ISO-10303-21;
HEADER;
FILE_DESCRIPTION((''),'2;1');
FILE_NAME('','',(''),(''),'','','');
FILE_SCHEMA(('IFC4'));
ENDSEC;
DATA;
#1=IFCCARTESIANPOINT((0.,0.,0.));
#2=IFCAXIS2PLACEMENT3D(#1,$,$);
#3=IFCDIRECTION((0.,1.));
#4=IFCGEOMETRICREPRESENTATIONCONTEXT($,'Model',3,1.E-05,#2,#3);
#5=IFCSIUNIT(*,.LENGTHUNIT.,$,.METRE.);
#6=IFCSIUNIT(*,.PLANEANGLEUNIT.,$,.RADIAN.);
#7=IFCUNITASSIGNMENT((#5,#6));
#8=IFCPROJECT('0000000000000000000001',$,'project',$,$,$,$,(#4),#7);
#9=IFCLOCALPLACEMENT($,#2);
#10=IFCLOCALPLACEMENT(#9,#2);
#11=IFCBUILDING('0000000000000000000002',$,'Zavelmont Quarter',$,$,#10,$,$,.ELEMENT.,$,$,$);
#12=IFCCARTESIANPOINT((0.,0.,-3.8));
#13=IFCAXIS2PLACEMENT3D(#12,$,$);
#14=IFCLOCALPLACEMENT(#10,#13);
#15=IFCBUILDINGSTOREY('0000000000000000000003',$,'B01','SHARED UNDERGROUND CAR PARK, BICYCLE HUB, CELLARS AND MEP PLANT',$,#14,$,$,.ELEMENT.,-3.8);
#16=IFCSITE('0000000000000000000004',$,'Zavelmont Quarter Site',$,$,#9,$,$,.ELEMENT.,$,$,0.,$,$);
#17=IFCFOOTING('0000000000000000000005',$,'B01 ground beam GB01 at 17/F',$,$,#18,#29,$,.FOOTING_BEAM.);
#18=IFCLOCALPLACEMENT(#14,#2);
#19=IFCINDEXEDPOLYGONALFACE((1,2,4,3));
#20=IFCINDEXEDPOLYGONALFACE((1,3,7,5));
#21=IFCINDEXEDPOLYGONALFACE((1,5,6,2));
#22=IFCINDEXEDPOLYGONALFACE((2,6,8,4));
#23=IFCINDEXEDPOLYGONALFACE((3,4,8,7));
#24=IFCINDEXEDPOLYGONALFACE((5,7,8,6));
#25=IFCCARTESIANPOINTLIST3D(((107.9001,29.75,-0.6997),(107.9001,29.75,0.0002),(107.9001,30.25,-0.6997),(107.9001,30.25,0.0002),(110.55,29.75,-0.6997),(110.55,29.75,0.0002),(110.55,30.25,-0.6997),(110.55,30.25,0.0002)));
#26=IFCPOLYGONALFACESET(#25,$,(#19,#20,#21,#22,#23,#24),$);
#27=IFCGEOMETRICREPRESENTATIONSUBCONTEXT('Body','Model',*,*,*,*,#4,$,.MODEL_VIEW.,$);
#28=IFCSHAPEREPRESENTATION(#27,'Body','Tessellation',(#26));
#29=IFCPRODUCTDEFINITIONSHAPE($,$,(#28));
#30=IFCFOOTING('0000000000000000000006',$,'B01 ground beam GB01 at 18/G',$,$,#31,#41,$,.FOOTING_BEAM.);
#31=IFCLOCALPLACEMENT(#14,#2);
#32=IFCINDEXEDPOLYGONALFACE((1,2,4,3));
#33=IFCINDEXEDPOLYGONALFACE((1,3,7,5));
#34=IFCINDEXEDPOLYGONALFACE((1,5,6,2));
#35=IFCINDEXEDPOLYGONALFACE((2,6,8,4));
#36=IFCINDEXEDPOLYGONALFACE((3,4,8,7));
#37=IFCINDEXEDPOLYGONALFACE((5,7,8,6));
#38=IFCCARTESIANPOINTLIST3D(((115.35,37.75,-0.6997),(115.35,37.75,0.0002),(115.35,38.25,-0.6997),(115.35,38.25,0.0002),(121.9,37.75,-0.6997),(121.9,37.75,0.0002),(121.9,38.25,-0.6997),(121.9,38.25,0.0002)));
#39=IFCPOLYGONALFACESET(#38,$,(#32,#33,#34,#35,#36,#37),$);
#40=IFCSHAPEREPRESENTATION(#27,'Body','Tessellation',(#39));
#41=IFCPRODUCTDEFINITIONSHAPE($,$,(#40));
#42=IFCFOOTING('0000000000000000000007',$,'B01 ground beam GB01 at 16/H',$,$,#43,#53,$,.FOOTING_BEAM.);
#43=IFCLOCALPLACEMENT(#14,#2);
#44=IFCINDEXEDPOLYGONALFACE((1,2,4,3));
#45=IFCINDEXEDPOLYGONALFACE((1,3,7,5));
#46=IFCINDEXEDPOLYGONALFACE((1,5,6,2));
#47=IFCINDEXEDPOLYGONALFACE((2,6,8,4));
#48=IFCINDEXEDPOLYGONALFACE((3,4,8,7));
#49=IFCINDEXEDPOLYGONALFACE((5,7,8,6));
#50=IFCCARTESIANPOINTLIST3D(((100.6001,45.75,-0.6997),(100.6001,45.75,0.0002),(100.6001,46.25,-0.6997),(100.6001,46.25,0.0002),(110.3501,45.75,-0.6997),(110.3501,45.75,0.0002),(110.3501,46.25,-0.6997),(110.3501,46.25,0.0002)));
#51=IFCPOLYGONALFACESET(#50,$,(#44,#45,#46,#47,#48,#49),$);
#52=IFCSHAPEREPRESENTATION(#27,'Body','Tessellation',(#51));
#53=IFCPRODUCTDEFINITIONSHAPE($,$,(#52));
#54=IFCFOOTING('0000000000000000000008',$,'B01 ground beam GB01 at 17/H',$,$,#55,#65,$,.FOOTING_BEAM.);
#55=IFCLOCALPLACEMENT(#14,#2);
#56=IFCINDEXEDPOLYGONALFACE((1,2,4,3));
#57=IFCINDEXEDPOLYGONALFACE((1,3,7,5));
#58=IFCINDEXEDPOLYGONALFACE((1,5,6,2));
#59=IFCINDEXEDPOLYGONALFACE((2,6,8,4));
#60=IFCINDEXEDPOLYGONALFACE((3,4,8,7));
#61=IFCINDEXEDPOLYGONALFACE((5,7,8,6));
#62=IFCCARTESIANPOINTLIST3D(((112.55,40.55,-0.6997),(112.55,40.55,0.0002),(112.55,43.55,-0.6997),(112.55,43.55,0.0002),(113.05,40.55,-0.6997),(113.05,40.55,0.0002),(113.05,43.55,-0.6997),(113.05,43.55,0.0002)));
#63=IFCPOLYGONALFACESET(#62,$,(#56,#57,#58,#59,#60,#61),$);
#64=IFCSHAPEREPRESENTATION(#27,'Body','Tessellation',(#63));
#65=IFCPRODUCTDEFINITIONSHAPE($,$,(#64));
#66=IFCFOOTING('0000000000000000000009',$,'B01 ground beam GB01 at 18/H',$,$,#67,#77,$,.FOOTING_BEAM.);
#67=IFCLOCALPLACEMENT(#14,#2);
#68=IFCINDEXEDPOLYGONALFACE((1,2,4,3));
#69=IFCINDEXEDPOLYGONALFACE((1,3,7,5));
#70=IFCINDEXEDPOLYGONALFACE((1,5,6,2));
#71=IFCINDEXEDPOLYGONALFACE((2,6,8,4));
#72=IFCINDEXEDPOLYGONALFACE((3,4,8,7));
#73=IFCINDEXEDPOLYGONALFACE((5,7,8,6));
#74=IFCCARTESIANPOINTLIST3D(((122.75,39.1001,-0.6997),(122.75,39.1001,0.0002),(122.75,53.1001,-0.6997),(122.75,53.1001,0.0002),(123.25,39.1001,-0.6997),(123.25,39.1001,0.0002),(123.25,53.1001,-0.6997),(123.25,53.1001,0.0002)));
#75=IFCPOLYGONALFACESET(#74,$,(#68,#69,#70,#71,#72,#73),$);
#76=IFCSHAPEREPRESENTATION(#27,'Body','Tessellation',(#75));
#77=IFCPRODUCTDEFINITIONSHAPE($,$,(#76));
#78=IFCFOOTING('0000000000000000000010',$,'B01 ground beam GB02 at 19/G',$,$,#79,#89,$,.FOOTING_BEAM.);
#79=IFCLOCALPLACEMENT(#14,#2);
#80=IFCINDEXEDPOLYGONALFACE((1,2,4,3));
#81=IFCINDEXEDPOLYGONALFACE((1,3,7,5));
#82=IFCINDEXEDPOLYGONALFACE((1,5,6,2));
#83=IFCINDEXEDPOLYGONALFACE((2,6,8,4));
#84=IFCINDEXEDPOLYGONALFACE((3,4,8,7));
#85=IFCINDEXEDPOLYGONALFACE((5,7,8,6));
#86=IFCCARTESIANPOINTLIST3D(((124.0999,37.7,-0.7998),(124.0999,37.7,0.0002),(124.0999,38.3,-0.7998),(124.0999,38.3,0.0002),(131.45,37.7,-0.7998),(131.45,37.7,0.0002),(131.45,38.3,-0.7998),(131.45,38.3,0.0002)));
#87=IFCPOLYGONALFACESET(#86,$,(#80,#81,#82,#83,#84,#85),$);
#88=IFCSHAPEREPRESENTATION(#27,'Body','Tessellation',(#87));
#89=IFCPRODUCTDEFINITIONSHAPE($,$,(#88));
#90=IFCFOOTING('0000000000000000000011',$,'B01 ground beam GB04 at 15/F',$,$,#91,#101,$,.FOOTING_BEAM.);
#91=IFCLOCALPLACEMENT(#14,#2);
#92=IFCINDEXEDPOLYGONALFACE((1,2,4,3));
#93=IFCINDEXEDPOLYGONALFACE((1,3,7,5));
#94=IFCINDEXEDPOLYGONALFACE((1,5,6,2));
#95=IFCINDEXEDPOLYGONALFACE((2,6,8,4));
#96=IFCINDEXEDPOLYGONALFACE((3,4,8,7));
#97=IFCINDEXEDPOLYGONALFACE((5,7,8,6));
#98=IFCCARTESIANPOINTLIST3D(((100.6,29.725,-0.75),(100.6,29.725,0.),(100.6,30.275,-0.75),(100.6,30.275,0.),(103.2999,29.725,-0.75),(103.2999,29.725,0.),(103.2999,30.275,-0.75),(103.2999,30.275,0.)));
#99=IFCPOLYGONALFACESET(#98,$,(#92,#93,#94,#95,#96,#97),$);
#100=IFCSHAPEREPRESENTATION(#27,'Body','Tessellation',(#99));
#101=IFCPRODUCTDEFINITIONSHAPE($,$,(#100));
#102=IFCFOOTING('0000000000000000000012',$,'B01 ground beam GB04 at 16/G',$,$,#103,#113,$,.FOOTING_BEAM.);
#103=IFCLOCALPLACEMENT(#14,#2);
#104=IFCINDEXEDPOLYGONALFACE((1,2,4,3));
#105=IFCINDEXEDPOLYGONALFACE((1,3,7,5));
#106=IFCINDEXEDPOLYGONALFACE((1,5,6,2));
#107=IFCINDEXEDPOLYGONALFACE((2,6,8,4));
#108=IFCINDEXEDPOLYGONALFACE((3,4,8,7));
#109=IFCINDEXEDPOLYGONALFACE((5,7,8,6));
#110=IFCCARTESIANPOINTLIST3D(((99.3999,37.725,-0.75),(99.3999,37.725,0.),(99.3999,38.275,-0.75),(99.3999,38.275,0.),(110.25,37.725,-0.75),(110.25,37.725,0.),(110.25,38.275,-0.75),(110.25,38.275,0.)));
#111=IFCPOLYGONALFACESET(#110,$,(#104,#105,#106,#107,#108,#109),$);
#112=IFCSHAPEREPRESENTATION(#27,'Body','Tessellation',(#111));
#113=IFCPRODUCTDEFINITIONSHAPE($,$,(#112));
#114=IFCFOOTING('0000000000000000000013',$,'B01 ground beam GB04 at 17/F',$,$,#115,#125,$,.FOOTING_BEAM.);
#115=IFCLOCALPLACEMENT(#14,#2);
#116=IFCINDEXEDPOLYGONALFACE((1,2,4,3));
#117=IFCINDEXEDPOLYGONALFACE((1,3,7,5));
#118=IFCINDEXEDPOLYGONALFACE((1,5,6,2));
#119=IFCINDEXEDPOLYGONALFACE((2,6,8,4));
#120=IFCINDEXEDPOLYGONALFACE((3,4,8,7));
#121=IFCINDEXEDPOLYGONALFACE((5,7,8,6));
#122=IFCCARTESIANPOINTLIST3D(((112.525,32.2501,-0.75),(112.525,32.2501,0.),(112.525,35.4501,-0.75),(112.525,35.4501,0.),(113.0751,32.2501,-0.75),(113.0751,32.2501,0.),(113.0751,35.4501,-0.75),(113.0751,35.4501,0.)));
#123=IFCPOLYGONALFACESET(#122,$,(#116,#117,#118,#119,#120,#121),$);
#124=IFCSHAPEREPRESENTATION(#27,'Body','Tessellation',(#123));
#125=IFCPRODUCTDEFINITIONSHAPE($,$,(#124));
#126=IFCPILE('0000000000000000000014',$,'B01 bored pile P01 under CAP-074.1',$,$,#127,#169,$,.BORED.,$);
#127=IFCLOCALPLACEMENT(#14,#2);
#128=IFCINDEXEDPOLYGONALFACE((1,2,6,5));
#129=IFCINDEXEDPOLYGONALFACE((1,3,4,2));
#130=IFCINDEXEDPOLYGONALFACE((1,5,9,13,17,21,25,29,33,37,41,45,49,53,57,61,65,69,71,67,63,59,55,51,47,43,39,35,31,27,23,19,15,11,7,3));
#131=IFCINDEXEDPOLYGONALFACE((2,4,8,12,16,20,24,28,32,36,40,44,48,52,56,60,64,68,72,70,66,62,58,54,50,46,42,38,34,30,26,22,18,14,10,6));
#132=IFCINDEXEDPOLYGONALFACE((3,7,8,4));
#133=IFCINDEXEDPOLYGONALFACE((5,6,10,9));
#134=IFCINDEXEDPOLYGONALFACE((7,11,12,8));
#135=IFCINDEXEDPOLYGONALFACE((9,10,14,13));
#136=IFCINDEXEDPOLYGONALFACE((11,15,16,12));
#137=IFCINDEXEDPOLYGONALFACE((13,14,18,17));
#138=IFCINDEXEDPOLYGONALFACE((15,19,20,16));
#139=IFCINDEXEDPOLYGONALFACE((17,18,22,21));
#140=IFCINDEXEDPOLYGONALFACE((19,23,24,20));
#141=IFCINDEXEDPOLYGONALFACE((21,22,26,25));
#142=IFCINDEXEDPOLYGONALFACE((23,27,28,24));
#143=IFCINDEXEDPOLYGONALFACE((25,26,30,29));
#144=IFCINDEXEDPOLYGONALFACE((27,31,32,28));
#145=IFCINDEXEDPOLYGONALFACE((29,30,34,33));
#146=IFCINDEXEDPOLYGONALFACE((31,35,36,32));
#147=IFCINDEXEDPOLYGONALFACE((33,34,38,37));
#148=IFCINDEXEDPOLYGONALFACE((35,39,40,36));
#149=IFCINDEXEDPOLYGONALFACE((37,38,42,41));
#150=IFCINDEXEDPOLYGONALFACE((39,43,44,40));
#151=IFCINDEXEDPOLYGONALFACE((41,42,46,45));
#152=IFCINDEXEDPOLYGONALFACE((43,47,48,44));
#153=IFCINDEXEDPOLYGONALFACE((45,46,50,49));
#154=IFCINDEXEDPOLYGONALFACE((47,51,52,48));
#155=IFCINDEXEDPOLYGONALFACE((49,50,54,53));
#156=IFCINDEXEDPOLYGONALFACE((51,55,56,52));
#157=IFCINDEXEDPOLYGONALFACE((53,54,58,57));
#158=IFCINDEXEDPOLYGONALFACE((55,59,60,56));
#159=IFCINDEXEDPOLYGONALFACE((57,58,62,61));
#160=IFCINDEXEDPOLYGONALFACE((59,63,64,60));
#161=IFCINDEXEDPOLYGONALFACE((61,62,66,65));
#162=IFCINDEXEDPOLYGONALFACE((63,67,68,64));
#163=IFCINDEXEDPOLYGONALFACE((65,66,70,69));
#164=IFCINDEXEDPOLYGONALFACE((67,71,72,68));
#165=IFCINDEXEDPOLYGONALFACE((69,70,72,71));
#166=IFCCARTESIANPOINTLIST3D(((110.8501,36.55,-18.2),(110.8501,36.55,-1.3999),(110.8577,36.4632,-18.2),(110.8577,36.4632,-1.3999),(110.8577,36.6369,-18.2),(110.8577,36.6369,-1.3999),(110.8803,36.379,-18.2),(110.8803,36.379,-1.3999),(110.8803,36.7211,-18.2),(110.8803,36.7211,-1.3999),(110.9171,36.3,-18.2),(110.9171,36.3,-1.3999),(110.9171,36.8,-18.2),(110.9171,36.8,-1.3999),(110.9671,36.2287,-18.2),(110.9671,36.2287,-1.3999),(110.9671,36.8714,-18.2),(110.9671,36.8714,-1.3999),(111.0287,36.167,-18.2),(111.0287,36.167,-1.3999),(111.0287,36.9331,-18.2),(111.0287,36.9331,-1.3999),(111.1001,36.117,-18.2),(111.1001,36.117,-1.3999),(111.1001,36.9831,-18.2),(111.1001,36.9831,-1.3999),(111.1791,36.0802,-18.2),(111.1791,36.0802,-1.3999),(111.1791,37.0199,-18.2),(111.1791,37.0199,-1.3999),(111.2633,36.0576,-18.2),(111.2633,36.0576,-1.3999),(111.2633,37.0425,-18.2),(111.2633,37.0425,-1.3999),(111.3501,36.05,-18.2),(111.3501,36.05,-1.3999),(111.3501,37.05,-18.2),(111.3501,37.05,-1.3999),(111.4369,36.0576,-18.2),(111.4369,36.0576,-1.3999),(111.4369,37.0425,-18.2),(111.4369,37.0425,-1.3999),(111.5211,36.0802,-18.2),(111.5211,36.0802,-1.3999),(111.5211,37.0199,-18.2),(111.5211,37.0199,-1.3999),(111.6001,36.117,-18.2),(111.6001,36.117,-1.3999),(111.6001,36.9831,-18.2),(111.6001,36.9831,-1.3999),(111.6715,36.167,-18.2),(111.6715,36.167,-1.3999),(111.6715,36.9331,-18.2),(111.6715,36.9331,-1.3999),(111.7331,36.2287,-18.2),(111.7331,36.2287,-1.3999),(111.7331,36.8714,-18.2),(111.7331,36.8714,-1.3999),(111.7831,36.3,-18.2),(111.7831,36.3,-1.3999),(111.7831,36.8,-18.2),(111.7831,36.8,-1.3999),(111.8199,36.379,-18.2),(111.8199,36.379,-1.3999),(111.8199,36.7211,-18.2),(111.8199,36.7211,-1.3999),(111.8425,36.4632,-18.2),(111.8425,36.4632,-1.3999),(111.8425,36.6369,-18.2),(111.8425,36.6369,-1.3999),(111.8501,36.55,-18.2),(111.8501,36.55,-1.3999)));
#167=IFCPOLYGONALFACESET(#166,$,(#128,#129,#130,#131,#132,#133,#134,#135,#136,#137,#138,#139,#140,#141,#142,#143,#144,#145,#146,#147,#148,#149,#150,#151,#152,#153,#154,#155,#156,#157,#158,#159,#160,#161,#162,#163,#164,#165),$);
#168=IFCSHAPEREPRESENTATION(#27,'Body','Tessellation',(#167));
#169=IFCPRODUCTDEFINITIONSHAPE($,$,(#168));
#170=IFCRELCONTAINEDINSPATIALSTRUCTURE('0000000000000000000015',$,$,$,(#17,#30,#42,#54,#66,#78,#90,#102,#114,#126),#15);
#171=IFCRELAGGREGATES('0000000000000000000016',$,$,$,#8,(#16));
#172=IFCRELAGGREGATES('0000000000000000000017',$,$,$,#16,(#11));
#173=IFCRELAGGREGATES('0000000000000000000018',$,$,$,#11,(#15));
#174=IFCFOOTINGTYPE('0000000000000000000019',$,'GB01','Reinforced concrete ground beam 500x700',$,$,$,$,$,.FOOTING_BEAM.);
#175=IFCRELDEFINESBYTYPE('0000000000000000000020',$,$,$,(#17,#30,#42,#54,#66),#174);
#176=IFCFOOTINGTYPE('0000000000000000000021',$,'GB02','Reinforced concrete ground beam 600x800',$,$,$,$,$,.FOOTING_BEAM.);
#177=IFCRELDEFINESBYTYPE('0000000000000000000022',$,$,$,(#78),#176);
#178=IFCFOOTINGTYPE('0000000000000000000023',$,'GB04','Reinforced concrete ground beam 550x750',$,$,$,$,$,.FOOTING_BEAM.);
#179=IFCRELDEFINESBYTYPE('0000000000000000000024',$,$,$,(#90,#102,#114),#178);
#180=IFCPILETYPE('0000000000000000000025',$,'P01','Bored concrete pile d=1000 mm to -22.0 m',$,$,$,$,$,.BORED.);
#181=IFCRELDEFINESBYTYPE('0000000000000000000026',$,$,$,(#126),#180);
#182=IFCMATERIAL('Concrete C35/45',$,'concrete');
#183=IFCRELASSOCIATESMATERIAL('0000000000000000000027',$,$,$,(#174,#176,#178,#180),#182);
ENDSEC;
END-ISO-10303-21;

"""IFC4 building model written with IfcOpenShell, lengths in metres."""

from ifc_helpers import new_model, si_unit, direction, frame, origin, origin_2d, place, context, subcontext, project, spatial, rectangle, circle, extrude, material, material_profile, profile_set, type_object, element, save


model = new_model("IFC4")

# Units and contexts
model_context = context("Model", 3, precision=1e-05, world=origin(), true_north=direction((0.0, 1.0)))
body_context = subcontext(model_context, "Body", "Model", "MODEL_VIEW")
ifc_project = project(units=[si_unit("LENGTHUNIT", "METRE"), si_unit("PLANEANGLEUNIT", "RADIAN")], contexts=[model_context])

# Site, building, storey
site_placement = place(None, origin())
site = spatial("IfcSite", under=ifc_project, at=site_placement, Name="Zavelmont Quarter Site", CompositionType="ELEMENT", RefElevation=0.0)
building_placement = place(site_placement, origin())
building = spatial("IfcBuilding", under=site, at=building_placement, Name="Zavelmont Quarter", CompositionType="ELEMENT")
storey_placement = place(building_placement, frame((0.0, 0.0, -3.8)))
storey = spatial("IfcBuildingStorey", under=building, at=storey_placement, Name="B01", Description="SHARED UNDERGROUND CAR PARK, BICYCLE HUB, CELLARS AND MEP PLANT", CompositionType="ELEMENT", Elevation=-3.8)

# Footings
ifc_material_1 = material(Name="Concrete C35/45", Category="concrete")
footing_type_1 = type_object("IfcFootingType", Name="GB01", Description="Reinforced concrete ground beam 500x700", PredefinedType="FOOTING_BEAM", material=ifc_material_1)
footing_1_placement = place(storey_placement, frame((109.2251, 30.0, -0.6997), z_axis=(0.0, 0.0, 1.0), x_axis=(1.0, 0.0, 0.0)))
element("IfcFooting", 1, at=footing_1_placement, inside=storey, type_object=footing_type_1, Name="B01 ground beam GB01 at 17/F", PredefinedType="FOOTING_BEAM", context=body_context, shape_type="SweptSolid", body=[
    extrude(rectangle(XDim=2.6499, YDim=0.5, at=origin_2d()), origin(), (0.0, 0.0, 1.0), 0.7),
])
footing_2_placement = place(storey_placement, frame((118.625, 38.0, -0.6997), z_axis=(0.0, 0.0, 1.0), x_axis=(1.0, 0.0, 0.0)))
element("IfcFooting", 2, at=footing_2_placement, inside=storey, type_object=footing_type_1, Name="B01 ground beam GB01 at 18/G", PredefinedType="FOOTING_BEAM", context=body_context, shape_type="SweptSolid", body=[
    extrude(rectangle(XDim=6.55, YDim=0.5, at=origin_2d()), origin(), (0.0, 0.0, 1.0), 0.7),
])
footing_3_placement = place(storey_placement, frame((105.4751, 46.0, -0.6997), z_axis=(0.0, 0.0, 1.0), x_axis=(1.0, 0.0, 0.0)))
element("IfcFooting", 3, at=footing_3_placement, inside=storey, type_object=footing_type_1, Name="B01 ground beam GB01 at 16/H", PredefinedType="FOOTING_BEAM", context=body_context, shape_type="SweptSolid", body=[
    extrude(rectangle(XDim=9.75, YDim=0.5, at=origin_2d()), origin(), (0.0, 0.0, 1.0), 0.7),
])
footing_4_placement = place(storey_placement, frame((112.8, 42.05, -0.6997), z_axis=(0.0, 0.0, 1.0), x_axis=(0.0, 1.0, 0.0)))
element("IfcFooting", 4, at=footing_4_placement, inside=storey, type_object=footing_type_1, Name="B01 ground beam GB01 at 17/H", PredefinedType="FOOTING_BEAM", context=body_context, shape_type="SweptSolid", body=[
    extrude(rectangle(XDim=3.0, YDim=0.5, at=origin_2d()), origin(), (0.0, 0.0, 1.0), 0.7),
])
footing_5_placement = place(storey_placement, frame((123.0, 46.1001, -0.6997), z_axis=(0.0, 0.0, 1.0), x_axis=(0.0, 1.0, 0.0)))
element("IfcFooting", 5, at=footing_5_placement, inside=storey, type_object=footing_type_1, Name="B01 ground beam GB01 at 18/H", PredefinedType="FOOTING_BEAM", context=body_context, shape_type="SweptSolid", body=[
    extrude(rectangle(XDim=14.0, YDim=0.5, at=origin_2d()), origin(), (0.0, 0.0, 1.0), 0.7),
])
footing_type_2 = type_object("IfcFootingType", Name="GB02", Description="Reinforced concrete ground beam 600x800", PredefinedType="FOOTING_BEAM", material=ifc_material_1)
footing_6_placement = place(storey_placement, frame((127.7749, 38.0, -0.7998), z_axis=(0.0, 0.0, 1.0), x_axis=(1.0, 0.0, 0.0)))
element("IfcFooting", 6, at=footing_6_placement, inside=storey, type_object=footing_type_2, Name="B01 ground beam GB02 at 19/G", PredefinedType="FOOTING_BEAM", context=body_context, shape_type="SweptSolid", body=[
    extrude(rectangle(XDim=7.3501, YDim=0.6001, at=origin_2d()), origin(), (0.0, 0.0, 1.0), 0.8),
])
footing_type_3 = type_object("IfcFootingType", Name="GB04", Description="Reinforced concrete ground beam 550x750", PredefinedType="FOOTING_BEAM", material=ifc_material_1)
footing_7_placement = place(storey_placement, frame((101.95, 30.0, -0.75), z_axis=(0.0, 0.0, 1.0), x_axis=(1.0, 0.0, 0.0)))
element("IfcFooting", 7, at=footing_7_placement, inside=storey, type_object=footing_type_3, Name="B01 ground beam GB04 at 15/F", PredefinedType="FOOTING_BEAM", context=body_context, shape_type="SweptSolid", body=[
    extrude(rectangle(XDim=2.7, YDim=0.55, at=origin_2d()), origin(), (0.0, 0.0, 1.0), 0.75),
])
footing_8_placement = place(storey_placement, frame((104.825, 38.0, -0.75), z_axis=(0.0, 0.0, 1.0), x_axis=(1.0, 0.0, 0.0)))
element("IfcFooting", 8, at=footing_8_placement, inside=storey, type_object=footing_type_3, Name="B01 ground beam GB04 at 16/G", PredefinedType="FOOTING_BEAM", context=body_context, shape_type="SweptSolid", body=[
    extrude(rectangle(XDim=10.8501, YDim=0.55, at=origin_2d()), origin(), (0.0, 0.0, 1.0), 0.75),
])
footing_9_placement = place(storey_placement, frame((112.8, 33.8501, -0.75), z_axis=(0.0, 0.0, 1.0), x_axis=(0.0, 1.0, 0.0)))
element("IfcFooting", 9, at=footing_9_placement, inside=storey, type_object=footing_type_3, Name="B01 ground beam GB04 at 17/F", PredefinedType="FOOTING_BEAM", context=body_context, shape_type="SweptSolid", body=[
    extrude(rectangle(XDim=3.2, YDim=0.55, at=origin_2d()), origin(), (0.0, 0.0, 1.0), 0.75),
])

# Pile
ifc_material_profile_1 = material_profile(ifc_material_1, circle(Radius=0.5, at=origin_2d()), Name="BP1000")
ifc_profile_set_1 = profile_set([ifc_material_profile_1], Name="Concrete C35/45")
pile_type_1 = type_object("IfcPileType", Name="P01", Description="Bored concrete pile d=1000 mm to -22.0 m", PredefinedType="BORED", material=ifc_profile_set_1)
for number, where, z_axis, x_axis, name in (
    (10, (111.3501, 36.55, -1.3999), (0.0, 0.0, -1.0), (1.0, 0.0, 0.0), "B01 bored pile P01 under CAP-074.1"),
):
    element("IfcPile", number, at=place(storey_placement, frame(where, z_axis=z_axis, x_axis=x_axis)), inside=storey, type_object=pile_type_1, Name=name, PredefinedType="BORED", context=body_context, shape_type="SweptSolid", body=[
        extrude(circle(Radius=0.5, at=origin_2d()), origin(), (0.0, 0.0, 1.0), 16.8),
    ])

save(model, "model.ifc")
